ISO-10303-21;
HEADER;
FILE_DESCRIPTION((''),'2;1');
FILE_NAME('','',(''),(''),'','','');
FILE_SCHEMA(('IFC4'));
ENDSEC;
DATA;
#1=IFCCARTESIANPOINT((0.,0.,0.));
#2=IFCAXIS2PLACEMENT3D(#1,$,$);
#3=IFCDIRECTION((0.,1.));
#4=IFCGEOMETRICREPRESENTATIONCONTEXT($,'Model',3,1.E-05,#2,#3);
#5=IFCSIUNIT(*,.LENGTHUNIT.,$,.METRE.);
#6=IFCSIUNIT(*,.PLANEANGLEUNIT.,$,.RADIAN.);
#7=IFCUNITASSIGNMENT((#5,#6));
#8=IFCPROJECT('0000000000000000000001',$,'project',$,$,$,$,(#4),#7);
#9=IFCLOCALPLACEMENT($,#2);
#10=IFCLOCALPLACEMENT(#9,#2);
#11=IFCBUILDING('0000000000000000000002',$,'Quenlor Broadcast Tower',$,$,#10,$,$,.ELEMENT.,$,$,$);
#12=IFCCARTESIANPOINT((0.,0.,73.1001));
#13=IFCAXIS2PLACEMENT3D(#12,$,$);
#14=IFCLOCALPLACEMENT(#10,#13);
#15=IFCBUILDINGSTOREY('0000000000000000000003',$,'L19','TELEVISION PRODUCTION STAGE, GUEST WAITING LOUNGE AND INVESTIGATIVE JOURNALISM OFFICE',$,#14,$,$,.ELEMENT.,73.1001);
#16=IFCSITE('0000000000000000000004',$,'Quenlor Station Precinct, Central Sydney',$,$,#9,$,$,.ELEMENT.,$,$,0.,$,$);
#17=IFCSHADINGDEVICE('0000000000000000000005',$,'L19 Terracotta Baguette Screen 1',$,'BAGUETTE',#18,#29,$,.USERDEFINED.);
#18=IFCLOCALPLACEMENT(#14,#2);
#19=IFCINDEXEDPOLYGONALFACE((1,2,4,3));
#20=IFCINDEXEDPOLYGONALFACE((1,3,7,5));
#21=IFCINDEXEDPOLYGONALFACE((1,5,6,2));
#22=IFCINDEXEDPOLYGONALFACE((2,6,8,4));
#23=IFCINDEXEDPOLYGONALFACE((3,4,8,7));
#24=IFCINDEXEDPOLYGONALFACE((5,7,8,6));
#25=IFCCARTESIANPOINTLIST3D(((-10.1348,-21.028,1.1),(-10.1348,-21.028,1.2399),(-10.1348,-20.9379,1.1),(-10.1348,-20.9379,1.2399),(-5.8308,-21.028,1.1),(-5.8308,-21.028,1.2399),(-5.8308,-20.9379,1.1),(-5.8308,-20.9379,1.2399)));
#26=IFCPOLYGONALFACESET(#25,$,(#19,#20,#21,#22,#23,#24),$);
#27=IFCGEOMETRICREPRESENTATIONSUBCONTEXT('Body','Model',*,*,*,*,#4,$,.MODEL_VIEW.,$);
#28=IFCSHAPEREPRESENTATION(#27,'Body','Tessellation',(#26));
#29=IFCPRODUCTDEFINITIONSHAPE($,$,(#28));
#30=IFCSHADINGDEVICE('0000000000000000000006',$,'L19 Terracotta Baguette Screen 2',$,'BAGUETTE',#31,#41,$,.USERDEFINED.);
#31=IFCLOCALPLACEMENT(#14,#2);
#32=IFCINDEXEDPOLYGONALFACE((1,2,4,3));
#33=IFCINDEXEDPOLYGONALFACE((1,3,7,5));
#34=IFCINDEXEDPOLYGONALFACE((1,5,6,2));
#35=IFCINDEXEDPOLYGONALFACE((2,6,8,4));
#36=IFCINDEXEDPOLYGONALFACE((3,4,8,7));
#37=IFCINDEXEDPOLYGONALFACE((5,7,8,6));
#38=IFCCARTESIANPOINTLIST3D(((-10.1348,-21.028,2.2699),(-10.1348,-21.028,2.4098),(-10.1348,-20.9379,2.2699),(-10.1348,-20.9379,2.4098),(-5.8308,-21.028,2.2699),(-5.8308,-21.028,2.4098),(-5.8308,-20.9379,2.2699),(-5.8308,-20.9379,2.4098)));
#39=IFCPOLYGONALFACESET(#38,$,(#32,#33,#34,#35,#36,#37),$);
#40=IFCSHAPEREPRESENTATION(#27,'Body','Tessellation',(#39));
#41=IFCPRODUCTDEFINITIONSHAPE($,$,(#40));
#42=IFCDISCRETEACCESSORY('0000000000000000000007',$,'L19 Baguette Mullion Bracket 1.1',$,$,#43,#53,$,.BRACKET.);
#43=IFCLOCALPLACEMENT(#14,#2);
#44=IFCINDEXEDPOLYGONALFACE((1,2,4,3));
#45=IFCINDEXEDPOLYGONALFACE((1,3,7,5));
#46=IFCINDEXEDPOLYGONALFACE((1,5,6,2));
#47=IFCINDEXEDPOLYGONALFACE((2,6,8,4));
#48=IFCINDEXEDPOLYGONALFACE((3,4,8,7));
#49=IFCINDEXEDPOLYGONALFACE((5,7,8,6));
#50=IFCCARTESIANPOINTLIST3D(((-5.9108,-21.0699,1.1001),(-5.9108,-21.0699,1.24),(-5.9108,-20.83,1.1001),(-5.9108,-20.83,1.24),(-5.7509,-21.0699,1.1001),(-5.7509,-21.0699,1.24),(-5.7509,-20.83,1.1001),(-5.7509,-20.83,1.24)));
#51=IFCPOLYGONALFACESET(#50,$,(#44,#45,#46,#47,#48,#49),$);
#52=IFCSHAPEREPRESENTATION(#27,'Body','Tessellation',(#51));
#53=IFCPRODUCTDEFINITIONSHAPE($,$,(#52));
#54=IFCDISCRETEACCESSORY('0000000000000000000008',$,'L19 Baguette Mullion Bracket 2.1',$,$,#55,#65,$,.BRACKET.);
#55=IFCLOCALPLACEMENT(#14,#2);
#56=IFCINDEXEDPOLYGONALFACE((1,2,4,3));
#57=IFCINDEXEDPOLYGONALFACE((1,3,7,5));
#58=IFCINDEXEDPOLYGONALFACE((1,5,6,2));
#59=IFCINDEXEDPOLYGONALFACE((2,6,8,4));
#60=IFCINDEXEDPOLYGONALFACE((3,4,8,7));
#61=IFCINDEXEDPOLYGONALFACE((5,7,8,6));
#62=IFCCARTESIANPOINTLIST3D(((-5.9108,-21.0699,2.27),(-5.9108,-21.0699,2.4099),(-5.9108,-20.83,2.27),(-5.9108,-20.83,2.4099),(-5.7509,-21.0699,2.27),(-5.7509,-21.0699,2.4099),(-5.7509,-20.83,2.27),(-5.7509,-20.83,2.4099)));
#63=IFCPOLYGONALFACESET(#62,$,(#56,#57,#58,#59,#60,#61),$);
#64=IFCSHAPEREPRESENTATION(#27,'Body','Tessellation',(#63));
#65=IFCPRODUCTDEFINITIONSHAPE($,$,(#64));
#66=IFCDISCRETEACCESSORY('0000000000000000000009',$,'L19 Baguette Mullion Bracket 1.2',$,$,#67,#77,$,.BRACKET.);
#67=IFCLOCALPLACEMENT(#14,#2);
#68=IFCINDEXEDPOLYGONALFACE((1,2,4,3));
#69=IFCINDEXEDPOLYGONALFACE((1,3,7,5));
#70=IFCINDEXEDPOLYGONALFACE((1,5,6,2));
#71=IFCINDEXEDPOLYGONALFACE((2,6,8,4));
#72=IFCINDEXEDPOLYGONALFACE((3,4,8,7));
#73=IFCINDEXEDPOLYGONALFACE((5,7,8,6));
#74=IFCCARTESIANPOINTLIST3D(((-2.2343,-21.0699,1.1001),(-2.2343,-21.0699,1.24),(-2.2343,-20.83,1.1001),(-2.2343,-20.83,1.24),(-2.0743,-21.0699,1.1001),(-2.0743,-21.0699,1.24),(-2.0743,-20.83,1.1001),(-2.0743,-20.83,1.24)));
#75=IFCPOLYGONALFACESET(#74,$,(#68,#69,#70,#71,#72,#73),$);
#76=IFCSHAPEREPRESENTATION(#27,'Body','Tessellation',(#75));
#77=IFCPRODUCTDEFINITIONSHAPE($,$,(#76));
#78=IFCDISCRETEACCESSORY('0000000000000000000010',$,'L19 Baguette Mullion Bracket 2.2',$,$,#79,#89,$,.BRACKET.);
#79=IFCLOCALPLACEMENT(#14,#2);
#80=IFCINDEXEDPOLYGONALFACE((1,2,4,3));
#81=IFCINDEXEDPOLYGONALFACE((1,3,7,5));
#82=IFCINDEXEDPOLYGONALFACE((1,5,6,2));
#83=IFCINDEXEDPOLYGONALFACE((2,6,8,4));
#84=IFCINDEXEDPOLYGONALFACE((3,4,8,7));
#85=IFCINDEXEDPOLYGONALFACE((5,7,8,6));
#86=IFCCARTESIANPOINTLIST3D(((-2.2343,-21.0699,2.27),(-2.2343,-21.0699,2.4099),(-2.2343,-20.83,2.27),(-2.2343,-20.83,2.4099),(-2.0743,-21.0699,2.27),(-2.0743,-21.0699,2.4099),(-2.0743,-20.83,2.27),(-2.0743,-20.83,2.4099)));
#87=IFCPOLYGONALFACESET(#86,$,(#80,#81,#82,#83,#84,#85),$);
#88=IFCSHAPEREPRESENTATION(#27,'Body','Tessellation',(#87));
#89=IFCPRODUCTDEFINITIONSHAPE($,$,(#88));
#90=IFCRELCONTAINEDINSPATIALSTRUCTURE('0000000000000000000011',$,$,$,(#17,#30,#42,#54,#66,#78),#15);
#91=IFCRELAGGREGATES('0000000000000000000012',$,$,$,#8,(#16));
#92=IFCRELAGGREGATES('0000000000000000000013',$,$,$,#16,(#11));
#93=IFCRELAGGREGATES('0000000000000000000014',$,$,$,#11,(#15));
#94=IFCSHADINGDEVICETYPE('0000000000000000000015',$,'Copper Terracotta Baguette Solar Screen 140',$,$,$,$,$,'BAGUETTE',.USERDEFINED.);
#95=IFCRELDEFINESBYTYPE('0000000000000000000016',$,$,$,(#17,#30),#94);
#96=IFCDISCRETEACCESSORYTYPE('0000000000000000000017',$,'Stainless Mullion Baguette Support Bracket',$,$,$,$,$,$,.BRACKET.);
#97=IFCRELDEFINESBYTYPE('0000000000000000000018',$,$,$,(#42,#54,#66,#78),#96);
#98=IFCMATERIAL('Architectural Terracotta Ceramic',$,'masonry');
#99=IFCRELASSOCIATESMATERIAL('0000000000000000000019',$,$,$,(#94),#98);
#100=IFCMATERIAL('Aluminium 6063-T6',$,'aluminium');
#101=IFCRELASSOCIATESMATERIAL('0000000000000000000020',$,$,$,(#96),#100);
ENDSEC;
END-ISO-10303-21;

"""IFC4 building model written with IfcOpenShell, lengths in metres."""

from ifc_helpers import new_model, si_unit, direction, frame, origin, origin_2d, place, context, subcontext, project, spatial, rectangle, extrude, material, material_profile, profile_set, type_object, element, save


model = new_model("IFC4")

# Units and contexts
model_context = context("Model", 3, precision=1e-05, world=origin(), true_north=direction((0.0, 1.0)))
body_context = subcontext(model_context, "Body", "Model", "MODEL_VIEW")
ifc_project = project(units=[si_unit("LENGTHUNIT", "METRE"), si_unit("PLANEANGLEUNIT", "RADIAN")], contexts=[model_context])

# Site, building, storey
site_placement = place(None, origin())
site = spatial("IfcSite", under=ifc_project, at=site_placement, Name="Quenlor Station Precinct, Central Sydney", CompositionType="ELEMENT", RefElevation=0.0)
building_placement = place(site_placement, origin())
building = spatial("IfcBuilding", under=site, at=building_placement, Name="Quenlor Broadcast Tower", CompositionType="ELEMENT")
storey_placement = place(building_placement, frame((0.0, 0.0, 73.1001)))
storey = spatial("IfcBuildingStorey", under=building, at=storey_placement, Name="L19", Description="TELEVISION PRODUCTION STAGE, GUEST WAITING LOUNGE AND INVESTIGATIVE JOURNALISM OFFICE", CompositionType="ELEMENT", Elevation=73.1001)

# Shading devices
ifc_material_1 = material(Name="Architectural Terracotta Ceramic", Category="masonry")
ifc_material_profile_1 = material_profile(ifc_material_1, rectangle(XDim=0.0901, YDim=0.1399, at=origin_2d()))
ifc_profile_set_1 = profile_set([ifc_material_profile_1], Name="Architectural Terracotta Ceramic BAG90x140")
shading_device_type = type_object("IfcShadingDeviceType", Name="Copper Terracotta Baguette Solar Screen 140", ElementType="BAGUETTE", PredefinedType="USERDEFINED", material=ifc_profile_set_1)
for number, where, z_axis, x_axis, name in (
    (1, (-5.8308, -20.9829, 1.1699), (-1.0, 0.0, 0.0), (0.0, -1.0, 0.0), "L19 Terracotta Baguette Screen 1"),
    (2, (-5.8308, -20.9829, 2.3398), (-1.0, 0.0, 0.0), (0.0, -1.0, 0.0), "L19 Terracotta Baguette Screen 2"),
):
    element("IfcShadingDevice", number, at=place(storey_placement, frame(where, z_axis=z_axis, x_axis=x_axis)), inside=storey, type_object=shading_device_type, Name=name, ObjectType="BAGUETTE", PredefinedType="USERDEFINED", context=body_context, shape_type="SweptSolid", body=[
        extrude(rectangle(XDim=0.0901, YDim=0.1399, at=origin_2d()), origin(), (0.0, 0.0, 1.0), 4.304),
    ])

# Discrete accessories
ifc_material_2 = material(Name="Aluminium 6063-T6", Category="aluminium")
discrete_accessory_type = type_object("IfcDiscreteAccessoryType", Name="Stainless Mullion Baguette Support Bracket", PredefinedType="BRACKET", material=ifc_material_2)
for number, where, z_axis, x_axis, name in (
    (3, (-5.8308, -20.95, 1.1001), (0.0, 0.0, 1.0), (-1.0, 0.0, 0.0), "L19 Baguette Mullion Bracket 1.1"),
    (4, (-5.8308, -20.95, 2.27), (0.0, 0.0, 1.0), (-1.0, 0.0, 0.0), "L19 Baguette Mullion Bracket 2.1"),
    (5, (-2.1543, -20.95, 1.1001), (0.0, 0.0, 1.0), (-1.0, 0.0, 0.0), "L19 Baguette Mullion Bracket 1.2"),
    (6, (-2.1543, -20.95, 2.27), (0.0, 0.0, 1.0), (-1.0, 0.0, 0.0), "L19 Baguette Mullion Bracket 2.2"),
):
    element("IfcDiscreteAccessory", number, at=place(storey_placement, frame(where, z_axis=z_axis, x_axis=x_axis)), inside=storey, type_object=discrete_accessory_type, Name=name, PredefinedType="BRACKET", context=body_context, shape_type="SweptSolid", body=[
        extrude(rectangle(XDim=0.1599, YDim=0.24, at=origin_2d()), origin(), (0.0, 0.0, 1.0), 0.1399),
    ])

save(model, "model.ifc")
